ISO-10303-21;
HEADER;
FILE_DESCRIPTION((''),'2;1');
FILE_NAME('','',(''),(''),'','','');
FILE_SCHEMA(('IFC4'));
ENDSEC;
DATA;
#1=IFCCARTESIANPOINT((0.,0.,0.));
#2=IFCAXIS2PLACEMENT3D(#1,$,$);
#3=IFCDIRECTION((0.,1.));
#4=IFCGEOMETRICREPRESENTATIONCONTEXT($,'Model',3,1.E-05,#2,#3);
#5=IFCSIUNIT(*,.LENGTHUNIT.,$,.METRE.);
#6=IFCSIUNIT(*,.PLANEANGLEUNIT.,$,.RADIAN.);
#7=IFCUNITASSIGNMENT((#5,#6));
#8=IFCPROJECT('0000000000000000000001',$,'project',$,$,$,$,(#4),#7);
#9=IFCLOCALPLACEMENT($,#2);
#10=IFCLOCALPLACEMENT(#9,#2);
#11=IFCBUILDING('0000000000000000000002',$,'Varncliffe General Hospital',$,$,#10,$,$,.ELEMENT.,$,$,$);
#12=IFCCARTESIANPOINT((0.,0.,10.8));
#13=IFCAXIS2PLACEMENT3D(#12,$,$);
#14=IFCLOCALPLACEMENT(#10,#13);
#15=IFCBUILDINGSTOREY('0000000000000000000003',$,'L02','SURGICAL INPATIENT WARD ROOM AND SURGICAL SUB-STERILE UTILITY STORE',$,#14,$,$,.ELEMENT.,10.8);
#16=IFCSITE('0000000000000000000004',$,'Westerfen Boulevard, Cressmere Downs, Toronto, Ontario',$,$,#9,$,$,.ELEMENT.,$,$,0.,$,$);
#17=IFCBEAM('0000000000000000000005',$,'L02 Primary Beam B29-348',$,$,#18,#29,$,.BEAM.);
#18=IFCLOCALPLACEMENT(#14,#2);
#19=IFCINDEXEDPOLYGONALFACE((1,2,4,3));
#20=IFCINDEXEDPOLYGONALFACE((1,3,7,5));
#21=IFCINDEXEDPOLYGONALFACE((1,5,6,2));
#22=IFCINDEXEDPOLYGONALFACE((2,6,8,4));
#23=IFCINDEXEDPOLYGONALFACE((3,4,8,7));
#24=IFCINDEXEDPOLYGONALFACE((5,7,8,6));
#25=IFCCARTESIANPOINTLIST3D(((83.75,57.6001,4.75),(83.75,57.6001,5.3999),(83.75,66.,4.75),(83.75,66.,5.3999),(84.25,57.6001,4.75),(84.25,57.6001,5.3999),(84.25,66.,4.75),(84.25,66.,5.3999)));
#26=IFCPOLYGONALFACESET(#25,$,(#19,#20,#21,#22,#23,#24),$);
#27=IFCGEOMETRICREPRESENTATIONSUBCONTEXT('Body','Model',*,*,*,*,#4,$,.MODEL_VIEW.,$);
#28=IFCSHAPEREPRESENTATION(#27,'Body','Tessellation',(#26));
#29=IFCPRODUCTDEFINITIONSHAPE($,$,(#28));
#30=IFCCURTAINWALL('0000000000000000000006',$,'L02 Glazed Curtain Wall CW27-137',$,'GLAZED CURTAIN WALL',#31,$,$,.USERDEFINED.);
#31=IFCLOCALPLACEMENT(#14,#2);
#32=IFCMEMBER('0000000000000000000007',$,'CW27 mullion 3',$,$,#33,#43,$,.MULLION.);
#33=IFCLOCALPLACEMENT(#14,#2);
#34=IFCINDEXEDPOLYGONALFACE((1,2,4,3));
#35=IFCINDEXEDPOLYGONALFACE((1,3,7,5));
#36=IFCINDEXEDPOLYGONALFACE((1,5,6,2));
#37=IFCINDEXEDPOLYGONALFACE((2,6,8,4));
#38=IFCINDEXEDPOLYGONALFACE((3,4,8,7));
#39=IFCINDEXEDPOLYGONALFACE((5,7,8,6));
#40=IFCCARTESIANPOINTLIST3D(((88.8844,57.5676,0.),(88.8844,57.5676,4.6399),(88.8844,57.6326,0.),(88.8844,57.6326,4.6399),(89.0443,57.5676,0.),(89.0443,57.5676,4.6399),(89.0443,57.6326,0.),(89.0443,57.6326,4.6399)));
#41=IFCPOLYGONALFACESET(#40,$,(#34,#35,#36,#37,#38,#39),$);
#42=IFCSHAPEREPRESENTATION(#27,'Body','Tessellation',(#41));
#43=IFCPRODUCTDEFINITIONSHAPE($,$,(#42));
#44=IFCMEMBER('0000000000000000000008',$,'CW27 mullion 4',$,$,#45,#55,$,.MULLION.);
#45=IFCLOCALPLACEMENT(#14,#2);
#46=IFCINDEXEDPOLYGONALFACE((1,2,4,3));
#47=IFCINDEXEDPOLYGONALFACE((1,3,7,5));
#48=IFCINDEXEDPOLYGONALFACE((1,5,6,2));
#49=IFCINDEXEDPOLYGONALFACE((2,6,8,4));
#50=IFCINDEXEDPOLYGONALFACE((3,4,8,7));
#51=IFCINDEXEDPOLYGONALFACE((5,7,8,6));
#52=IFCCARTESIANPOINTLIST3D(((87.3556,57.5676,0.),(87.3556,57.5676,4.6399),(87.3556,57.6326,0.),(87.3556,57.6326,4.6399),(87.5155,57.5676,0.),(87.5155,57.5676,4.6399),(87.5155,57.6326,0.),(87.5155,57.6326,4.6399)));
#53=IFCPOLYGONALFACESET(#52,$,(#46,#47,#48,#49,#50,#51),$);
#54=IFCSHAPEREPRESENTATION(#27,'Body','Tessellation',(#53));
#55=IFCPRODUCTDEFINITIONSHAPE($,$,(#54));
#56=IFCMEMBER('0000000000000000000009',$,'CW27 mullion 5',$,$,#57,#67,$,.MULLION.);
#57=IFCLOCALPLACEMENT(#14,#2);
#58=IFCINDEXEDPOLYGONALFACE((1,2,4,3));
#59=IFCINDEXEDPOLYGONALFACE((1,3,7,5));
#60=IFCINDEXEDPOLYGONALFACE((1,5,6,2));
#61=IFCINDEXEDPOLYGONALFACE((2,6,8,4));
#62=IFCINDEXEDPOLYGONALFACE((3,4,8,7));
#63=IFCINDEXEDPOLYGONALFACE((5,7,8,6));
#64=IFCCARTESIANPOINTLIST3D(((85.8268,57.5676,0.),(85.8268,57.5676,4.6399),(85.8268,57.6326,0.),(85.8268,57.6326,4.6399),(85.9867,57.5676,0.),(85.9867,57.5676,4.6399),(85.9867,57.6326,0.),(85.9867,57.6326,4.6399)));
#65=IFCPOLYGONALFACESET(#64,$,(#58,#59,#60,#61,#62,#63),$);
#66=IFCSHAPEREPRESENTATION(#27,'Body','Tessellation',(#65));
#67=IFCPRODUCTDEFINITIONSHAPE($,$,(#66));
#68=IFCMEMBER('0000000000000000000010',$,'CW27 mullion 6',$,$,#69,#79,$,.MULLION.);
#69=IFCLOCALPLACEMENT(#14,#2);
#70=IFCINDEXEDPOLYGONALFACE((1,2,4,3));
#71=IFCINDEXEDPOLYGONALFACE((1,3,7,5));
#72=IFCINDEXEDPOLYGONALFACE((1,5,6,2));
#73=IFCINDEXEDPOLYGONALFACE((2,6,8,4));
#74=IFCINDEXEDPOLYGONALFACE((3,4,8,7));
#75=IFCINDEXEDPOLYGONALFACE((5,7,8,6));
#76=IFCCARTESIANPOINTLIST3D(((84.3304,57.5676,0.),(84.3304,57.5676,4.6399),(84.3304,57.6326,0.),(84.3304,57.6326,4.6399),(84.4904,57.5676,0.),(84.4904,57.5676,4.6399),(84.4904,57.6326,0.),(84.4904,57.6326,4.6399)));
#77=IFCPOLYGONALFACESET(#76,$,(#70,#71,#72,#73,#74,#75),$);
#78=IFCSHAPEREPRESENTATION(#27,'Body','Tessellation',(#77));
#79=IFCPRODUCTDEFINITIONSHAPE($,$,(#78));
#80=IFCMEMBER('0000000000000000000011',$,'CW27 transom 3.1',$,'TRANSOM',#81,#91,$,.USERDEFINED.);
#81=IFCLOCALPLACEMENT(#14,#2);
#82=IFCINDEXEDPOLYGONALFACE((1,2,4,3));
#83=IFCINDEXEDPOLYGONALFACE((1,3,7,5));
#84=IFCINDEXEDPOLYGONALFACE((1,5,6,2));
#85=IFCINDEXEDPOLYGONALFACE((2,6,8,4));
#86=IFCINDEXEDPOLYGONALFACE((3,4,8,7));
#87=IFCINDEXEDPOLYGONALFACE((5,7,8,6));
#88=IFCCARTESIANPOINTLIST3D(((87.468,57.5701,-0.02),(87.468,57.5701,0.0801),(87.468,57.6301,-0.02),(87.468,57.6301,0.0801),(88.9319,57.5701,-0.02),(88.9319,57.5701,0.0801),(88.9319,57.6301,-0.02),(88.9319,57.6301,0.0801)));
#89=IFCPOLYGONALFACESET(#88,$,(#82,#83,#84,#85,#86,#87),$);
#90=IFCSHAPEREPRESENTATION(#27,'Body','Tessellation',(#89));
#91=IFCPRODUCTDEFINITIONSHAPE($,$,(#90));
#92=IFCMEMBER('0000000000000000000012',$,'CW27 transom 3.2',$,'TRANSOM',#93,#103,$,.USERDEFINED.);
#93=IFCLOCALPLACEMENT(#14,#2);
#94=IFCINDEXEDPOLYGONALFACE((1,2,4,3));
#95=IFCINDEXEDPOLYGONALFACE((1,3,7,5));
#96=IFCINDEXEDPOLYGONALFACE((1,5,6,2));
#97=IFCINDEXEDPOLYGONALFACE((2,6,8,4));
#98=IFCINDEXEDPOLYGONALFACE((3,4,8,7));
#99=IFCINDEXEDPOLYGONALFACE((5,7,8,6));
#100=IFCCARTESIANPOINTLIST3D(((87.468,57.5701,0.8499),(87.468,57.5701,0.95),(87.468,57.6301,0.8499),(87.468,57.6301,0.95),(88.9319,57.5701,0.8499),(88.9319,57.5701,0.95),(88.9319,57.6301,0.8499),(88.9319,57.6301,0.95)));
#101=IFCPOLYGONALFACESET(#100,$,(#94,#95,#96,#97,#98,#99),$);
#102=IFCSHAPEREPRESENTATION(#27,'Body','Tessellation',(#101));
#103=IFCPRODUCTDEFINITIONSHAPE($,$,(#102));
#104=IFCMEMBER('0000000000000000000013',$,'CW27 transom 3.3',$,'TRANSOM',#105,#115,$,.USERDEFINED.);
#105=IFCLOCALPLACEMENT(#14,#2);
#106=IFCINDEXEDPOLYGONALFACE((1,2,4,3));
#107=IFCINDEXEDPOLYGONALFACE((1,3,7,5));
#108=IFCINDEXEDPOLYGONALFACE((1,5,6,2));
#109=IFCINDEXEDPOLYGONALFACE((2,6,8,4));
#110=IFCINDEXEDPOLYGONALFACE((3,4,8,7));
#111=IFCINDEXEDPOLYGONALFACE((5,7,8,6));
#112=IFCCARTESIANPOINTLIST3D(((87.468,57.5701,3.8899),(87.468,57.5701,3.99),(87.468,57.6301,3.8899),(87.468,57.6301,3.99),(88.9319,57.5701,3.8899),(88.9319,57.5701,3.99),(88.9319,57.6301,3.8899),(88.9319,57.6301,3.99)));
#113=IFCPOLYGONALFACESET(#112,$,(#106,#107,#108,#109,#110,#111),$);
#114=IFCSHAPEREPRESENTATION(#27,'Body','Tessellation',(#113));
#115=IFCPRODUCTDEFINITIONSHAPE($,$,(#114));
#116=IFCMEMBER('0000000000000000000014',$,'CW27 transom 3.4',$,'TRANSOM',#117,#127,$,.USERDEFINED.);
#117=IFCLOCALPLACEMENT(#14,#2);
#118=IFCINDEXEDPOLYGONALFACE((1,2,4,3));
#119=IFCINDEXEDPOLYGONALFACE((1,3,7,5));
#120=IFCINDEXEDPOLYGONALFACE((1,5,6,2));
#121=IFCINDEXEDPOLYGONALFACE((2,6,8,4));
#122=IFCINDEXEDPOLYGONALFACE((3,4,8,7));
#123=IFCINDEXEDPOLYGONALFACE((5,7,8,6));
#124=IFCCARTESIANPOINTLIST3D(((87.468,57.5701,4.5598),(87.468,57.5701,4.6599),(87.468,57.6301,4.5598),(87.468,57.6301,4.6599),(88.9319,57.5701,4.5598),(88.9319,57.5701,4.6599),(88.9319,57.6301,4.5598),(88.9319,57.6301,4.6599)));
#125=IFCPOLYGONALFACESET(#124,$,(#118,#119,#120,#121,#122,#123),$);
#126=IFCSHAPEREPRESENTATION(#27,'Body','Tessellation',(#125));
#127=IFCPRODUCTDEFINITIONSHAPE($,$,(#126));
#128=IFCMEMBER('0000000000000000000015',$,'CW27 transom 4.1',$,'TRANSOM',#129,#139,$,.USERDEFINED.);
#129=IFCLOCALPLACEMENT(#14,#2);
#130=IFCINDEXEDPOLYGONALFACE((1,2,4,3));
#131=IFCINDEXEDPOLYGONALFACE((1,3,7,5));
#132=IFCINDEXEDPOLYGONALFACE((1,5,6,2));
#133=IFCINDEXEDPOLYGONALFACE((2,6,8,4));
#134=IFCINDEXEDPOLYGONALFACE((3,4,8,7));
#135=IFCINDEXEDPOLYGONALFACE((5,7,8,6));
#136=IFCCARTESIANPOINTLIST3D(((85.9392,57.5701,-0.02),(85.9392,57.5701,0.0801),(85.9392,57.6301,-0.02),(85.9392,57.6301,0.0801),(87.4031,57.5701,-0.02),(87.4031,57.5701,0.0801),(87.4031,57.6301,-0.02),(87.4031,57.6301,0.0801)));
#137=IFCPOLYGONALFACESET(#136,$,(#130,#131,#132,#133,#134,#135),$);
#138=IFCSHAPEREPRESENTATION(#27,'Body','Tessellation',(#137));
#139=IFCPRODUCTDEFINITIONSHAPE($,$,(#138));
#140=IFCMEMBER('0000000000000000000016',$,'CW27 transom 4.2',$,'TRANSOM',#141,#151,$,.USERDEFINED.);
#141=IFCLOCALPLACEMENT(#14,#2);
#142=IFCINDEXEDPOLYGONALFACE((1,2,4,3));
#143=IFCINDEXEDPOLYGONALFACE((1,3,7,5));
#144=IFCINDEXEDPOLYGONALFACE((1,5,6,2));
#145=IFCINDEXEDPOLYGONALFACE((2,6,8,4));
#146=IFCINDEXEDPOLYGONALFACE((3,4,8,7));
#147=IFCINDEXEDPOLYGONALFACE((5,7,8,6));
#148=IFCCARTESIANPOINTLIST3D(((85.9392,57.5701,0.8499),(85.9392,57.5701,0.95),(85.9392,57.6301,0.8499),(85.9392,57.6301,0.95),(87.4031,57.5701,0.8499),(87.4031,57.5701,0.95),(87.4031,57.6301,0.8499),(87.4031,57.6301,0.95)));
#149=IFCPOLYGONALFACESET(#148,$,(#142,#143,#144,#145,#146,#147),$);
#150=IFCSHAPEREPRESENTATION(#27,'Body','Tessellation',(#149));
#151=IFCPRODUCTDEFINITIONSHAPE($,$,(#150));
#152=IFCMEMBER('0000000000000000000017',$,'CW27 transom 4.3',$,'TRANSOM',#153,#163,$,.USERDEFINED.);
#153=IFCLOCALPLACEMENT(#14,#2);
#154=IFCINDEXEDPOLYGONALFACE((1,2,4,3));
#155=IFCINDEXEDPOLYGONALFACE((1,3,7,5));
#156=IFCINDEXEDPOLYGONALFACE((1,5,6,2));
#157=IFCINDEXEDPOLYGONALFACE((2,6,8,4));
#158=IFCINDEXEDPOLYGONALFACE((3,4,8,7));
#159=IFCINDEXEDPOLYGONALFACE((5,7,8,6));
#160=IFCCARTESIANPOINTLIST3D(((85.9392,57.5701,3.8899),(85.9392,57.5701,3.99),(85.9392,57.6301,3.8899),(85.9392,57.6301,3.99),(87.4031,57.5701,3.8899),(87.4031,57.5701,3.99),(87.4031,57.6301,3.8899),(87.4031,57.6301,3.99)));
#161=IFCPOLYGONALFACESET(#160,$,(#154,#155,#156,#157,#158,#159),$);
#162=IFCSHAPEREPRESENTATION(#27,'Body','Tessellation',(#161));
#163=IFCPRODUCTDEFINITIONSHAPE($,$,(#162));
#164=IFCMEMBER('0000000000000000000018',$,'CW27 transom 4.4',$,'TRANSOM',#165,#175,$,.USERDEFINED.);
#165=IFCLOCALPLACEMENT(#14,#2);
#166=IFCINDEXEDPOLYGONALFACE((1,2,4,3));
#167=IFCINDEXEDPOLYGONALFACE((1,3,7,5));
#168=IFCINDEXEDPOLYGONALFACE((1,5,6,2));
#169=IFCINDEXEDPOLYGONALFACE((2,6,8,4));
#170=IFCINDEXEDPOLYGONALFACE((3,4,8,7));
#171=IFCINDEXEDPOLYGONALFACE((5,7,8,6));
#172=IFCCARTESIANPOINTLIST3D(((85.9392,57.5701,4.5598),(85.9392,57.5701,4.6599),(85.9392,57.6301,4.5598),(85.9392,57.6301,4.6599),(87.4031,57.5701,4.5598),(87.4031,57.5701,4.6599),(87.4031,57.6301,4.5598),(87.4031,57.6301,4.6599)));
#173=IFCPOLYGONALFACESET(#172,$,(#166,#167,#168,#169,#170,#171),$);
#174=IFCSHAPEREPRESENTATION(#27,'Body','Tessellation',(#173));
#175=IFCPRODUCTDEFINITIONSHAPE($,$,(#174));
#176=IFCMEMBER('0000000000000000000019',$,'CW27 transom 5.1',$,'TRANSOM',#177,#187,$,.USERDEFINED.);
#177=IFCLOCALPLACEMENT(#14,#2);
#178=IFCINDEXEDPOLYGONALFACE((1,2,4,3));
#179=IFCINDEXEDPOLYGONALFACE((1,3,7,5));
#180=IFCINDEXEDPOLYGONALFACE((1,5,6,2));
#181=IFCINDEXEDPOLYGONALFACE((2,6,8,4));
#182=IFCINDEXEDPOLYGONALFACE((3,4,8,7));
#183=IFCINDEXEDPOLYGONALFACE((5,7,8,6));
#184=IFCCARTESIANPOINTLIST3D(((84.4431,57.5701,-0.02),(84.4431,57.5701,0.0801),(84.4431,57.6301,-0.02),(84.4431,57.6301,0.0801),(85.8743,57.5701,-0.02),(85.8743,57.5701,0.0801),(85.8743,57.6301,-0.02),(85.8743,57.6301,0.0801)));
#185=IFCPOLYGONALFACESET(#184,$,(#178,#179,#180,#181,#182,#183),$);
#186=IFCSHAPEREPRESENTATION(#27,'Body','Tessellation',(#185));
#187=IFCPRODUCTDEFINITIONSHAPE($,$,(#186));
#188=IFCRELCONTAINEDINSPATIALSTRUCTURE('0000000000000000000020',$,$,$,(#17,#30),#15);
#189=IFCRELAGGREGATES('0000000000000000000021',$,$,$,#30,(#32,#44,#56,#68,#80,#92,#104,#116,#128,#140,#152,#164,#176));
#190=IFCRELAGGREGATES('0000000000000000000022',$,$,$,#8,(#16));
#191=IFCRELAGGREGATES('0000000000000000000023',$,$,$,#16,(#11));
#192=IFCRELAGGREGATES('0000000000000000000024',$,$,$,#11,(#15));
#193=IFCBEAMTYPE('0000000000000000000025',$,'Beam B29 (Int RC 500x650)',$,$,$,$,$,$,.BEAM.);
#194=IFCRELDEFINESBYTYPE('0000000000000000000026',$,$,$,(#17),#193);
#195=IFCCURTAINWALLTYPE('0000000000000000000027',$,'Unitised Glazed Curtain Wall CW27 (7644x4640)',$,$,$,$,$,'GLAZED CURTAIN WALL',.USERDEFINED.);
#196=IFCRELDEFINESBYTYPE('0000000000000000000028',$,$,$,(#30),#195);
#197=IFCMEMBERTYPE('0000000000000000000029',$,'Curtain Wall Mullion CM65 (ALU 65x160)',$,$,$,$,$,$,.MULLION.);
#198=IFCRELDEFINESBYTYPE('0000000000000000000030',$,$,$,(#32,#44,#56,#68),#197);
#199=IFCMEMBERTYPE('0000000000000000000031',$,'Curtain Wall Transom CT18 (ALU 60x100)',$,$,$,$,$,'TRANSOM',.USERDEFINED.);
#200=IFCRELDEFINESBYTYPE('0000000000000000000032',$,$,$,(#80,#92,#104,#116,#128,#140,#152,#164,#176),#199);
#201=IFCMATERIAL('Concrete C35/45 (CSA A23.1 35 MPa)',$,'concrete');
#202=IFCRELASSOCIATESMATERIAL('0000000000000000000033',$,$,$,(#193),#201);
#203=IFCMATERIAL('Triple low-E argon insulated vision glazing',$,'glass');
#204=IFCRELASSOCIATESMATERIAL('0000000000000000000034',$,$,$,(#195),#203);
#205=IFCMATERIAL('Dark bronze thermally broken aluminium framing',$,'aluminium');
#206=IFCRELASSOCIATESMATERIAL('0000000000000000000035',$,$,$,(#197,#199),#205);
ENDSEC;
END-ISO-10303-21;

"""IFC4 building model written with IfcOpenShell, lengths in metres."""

from ifc_helpers import new_model, si_unit, direction, frame, origin, origin_2d, place, context, subcontext, project, spatial, rectangle, extrude, material, material_profile, profile_set, type_object, element, aggregate, save


model = new_model("IFC4")

# Units and contexts
model_context = context("Model", 3, precision=1e-05, world=origin(), true_north=direction((0.0, 1.0)))
body_context = subcontext(model_context, "Body", "Model", "MODEL_VIEW")
ifc_project = project(units=[si_unit("LENGTHUNIT", "METRE"), si_unit("PLANEANGLEUNIT", "RADIAN")], contexts=[model_context])

# Site, building, storey
site_placement = place(None, origin())
site = spatial("IfcSite", under=ifc_project, at=site_placement, Name="Westerfen Boulevard, Cressmere Downs, Toronto, Ontario", CompositionType="ELEMENT", RefElevation=0.0)
building_placement = place(site_placement, origin())
building = spatial("IfcBuilding", under=site, at=building_placement, Name="Varncliffe General Hospital", CompositionType="ELEMENT")
storey_placement = place(building_placement, frame((0.0, 0.0, 10.8)))
storey = spatial("IfcBuildingStorey", under=building, at=storey_placement, Name="L02", Description="SURGICAL INPATIENT WARD ROOM AND SURGICAL SUB-STERILE UTILITY STORE", CompositionType="ELEMENT", Elevation=10.8)

# Beam
ifc_material_1 = material(Name="Concrete C35/45 (CSA A23.1 35 MPa)", Category="concrete")
ifc_material_profile_1 = material_profile(ifc_material_1, rectangle(XDim=0.5, YDim=0.6499, at=origin_2d()), Name="RC 500x650")
ifc_profile_set_1 = profile_set([ifc_material_profile_1], Name="Concrete C35/45 (CSA A23.1 35 MPa)")
beam_type = type_object("IfcBeamType", Name="Beam B29 (Int RC 500x650)", PredefinedType="BEAM", material=ifc_profile_set_1)
beam_placement = place(storey_placement, frame((84.0, 57.6001, 5.075), z_axis=(0.0, 1.0, 0.0), x_axis=(-1.0, 0.0, 0.0)))
element("IfcBeam", 1, at=beam_placement, inside=storey, type_object=beam_type, Name="L02 Primary Beam B29-348", PredefinedType="BEAM", context=body_context, shape_type="SweptSolid", body=[
    extrude(rectangle(XDim=0.5, YDim=0.6499, at=origin_2d()), origin(), (0.0, 0.0, 1.0), 8.3999),
])

# Curtain wall, members
ifc_material_2 = material(Name="Triple low-E argon insulated vision glazing", Category="glass")
curtain_wall_type = type_object("IfcCurtainWallType", Name="Unitised Glazed Curtain Wall CW27 (7644x4640)", ElementType="GLAZED CURTAIN WALL", PredefinedType="USERDEFINED", material=ifc_material_2)
curtain_wall_placement = place(storey_placement, origin())
curtain_wall = element("IfcCurtainWall", 2, at=curtain_wall_placement, inside=storey, type_object=curtain_wall_type, Name="L02 Glazed Curtain Wall CW27-137", ObjectType="GLAZED CURTAIN WALL", PredefinedType="USERDEFINED")
ifc_material_3 = material(Name="Dark bronze thermally broken aluminium framing", Category="aluminium")
ifc_material_profile_2 = material_profile(ifc_material_3, rectangle(XDim=0.0649, YDim=0.1599, at=origin_2d()), Name="ALU 65x160")
ifc_profile_set_2 = profile_set([ifc_material_profile_2], Name="Dark bronze thermally broken aluminium framing")
member_type_1 = type_object("IfcMemberType", Name="Curtain Wall Mullion CM65 (ALU 65x160)", PredefinedType="MULLION", material=ifc_profile_set_2)
member_1_placement = place(storey_placement, frame((88.9644, 57.6001, 0.0), z_axis=(0.0, 0.0, 1.0), x_axis=(0.0, -1.0, 0.0)))
member_1 = element("IfcMember", 3, at=member_1_placement, type_object=member_type_1, Name="CW27 mullion 3", PredefinedType="MULLION", context=body_context, shape_type="SweptSolid", body=[
    extrude(rectangle(XDim=0.0649, YDim=0.1599, at=origin_2d()), origin(), (0.0, 0.0, 1.0), 4.6399),
])
member_2_placement = place(storey_placement, frame((87.4355, 57.6001, 0.0), z_axis=(0.0, 0.0, 1.0), x_axis=(0.0, -1.0, 0.0)))
member_2 = element("IfcMember", 4, at=member_2_placement, type_object=member_type_1, Name="CW27 mullion 4", PredefinedType="MULLION", context=body_context, shape_type="SweptSolid", body=[
    extrude(rectangle(XDim=0.0649, YDim=0.1599, at=origin_2d()), origin(), (0.0, 0.0, 1.0), 4.6399),
])
member_3_placement = place(storey_placement, frame((85.9067, 57.6001, 0.0), z_axis=(0.0, 0.0, 1.0), x_axis=(0.0, -1.0, 0.0)))
member_3 = element("IfcMember", 5, at=member_3_placement, type_object=member_type_1, Name="CW27 mullion 5", PredefinedType="MULLION", context=body_context, shape_type="SweptSolid", body=[
    extrude(rectangle(XDim=0.0649, YDim=0.1599, at=origin_2d()), origin(), (0.0, 0.0, 1.0), 4.6399),
])
member_4_placement = place(storey_placement, frame((84.4104, 57.6001, 0.0), z_axis=(0.0, 0.0, 1.0), x_axis=(0.0, -1.0, 0.0)))
member_4 = element("IfcMember", 6, at=member_4_placement, type_object=member_type_1, Name="CW27 mullion 6", PredefinedType="MULLION", context=body_context, shape_type="SweptSolid", body=[
    extrude(rectangle(XDim=0.0649, YDim=0.1599, at=origin_2d()), origin(), (0.0, 0.0, 1.0), 4.6399),
])
ifc_material_profile_3 = material_profile(ifc_material_3, rectangle(XDim=0.0601, YDim=0.1001, at=origin_2d()), Name="ALU 60x100")
ifc_profile_set_3 = profile_set([ifc_material_profile_3], Name="Dark bronze thermally broken aluminium framing")
member_type_2 = type_object("IfcMemberType", Name="Curtain Wall Transom CT18 (ALU 60x100)", ElementType="TRANSOM", PredefinedType="USERDEFINED", material=ifc_profile_set_3)
member_5_placement = place(storey_placement, frame((88.9319, 57.6001, 0.03), z_axis=(-1.0, 0.0, 0.0), x_axis=(0.0, -1.0, 0.0)))
member_5 = element("IfcMember", 7, at=member_5_placement, type_object=member_type_2, Name="CW27 transom 3.1", ObjectType="TRANSOM", PredefinedType="USERDEFINED", context=body_context, shape_type="SweptSolid", body=[
    extrude(rectangle(XDim=0.0601, YDim=0.1001, at=origin_2d()), origin(), (0.0, 0.0, 1.0), 1.4639),
])
member_6_placement = place(storey_placement, frame((88.9319, 57.6001, 0.8999), z_axis=(-1.0, 0.0, 0.0), x_axis=(0.0, -1.0, 0.0)))
member_6 = element("IfcMember", 8, at=member_6_placement, type_object=member_type_2, Name="CW27 transom 3.2", ObjectType="TRANSOM", PredefinedType="USERDEFINED", context=body_context, shape_type="SweptSolid", body=[
    extrude(rectangle(XDim=0.0601, YDim=0.1001, at=origin_2d()), origin(), (0.0, 0.0, 1.0), 1.4639),
])
member_7_placement = place(storey_placement, frame((88.9319, 57.6001, 3.9399), z_axis=(-1.0, 0.0, 0.0), x_axis=(0.0, -1.0, 0.0)))
member_7 = element("IfcMember", 9, at=member_7_placement, type_object=member_type_2, Name="CW27 transom 3.3", ObjectType="TRANSOM", PredefinedType="USERDEFINED", context=body_context, shape_type="SweptSolid", body=[
    extrude(rectangle(XDim=0.0601, YDim=0.1001, at=origin_2d()), origin(), (0.0, 0.0, 1.0), 1.4639),
])
member_8_placement = place(storey_placement, frame((88.9319, 57.6001, 4.6099), z_axis=(-1.0, 0.0, 0.0), x_axis=(0.0, -1.0, 0.0)))
member_8 = element("IfcMember", 10, at=member_8_placement, type_object=member_type_2, Name="CW27 transom 3.4", ObjectType="TRANSOM", PredefinedType="USERDEFINED", context=body_context, shape_type="SweptSolid", body=[
    extrude(rectangle(XDim=0.0601, YDim=0.1001, at=origin_2d()), origin(), (0.0, 0.0, 1.0), 1.4639),
])
member_9_placement = place(storey_placement, frame((87.4031, 57.6001, 0.03), z_axis=(-1.0, 0.0, 0.0), x_axis=(0.0, -1.0, 0.0)))
member_9 = element("IfcMember", 11, at=member_9_placement, type_object=member_type_2, Name="CW27 transom 4.1", ObjectType="TRANSOM", PredefinedType="USERDEFINED", context=body_context, shape_type="SweptSolid", body=[
    extrude(rectangle(XDim=0.0601, YDim=0.1001, at=origin_2d()), origin(), (0.0, 0.0, 1.0), 1.4639),
])
member_10_placement = place(storey_placement, frame((87.4031, 57.6001, 0.8999), z_axis=(-1.0, 0.0, 0.0), x_axis=(0.0, -1.0, 0.0)))
member_10 = element("IfcMember", 12, at=member_10_placement, type_object=member_type_2, Name="CW27 transom 4.2", ObjectType="TRANSOM", PredefinedType="USERDEFINED", context=body_context, shape_type="SweptSolid", body=[
    extrude(rectangle(XDim=0.0601, YDim=0.1001, at=origin_2d()), origin(), (0.0, 0.0, 1.0), 1.4639),
])
member_11_placement = place(storey_placement, frame((87.4031, 57.6001, 3.9399), z_axis=(-1.0, 0.0, 0.0), x_axis=(0.0, -1.0, 0.0)))
member_11 = element("IfcMember", 13, at=member_11_placement, type_object=member_type_2, Name="CW27 transom 4.3", ObjectType="TRANSOM", PredefinedType="USERDEFINED", context=body_context, shape_type="SweptSolid", body=[
    extrude(rectangle(XDim=0.0601, YDim=0.1001, at=origin_2d()), origin(), (0.0, 0.0, 1.0), 1.4639),
])
member_12_placement = place(storey_placement, frame((87.4031, 57.6001, 4.6099), z_axis=(-1.0, 0.0, 0.0), x_axis=(0.0, -1.0, 0.0)))
member_12 = element("IfcMember", 14, at=member_12_placement, type_object=member_type_2, Name="CW27 transom 4.4", ObjectType="TRANSOM", PredefinedType="USERDEFINED", context=body_context, shape_type="SweptSolid", body=[
    extrude(rectangle(XDim=0.0601, YDim=0.1001, at=origin_2d()), origin(), (0.0, 0.0, 1.0), 1.4639),
])
member_13_placement = place(storey_placement, frame((85.8743, 57.6001, 0.03), z_axis=(-1.0, 0.0, 0.0), x_axis=(0.0, -1.0, 0.0)))
member_13 = element("IfcMember", 15, at=member_13_placement, type_object=member_type_2, Name="CW27 transom 5.1", ObjectType="TRANSOM", PredefinedType="USERDEFINED", context=body_context, shape_type="SweptSolid", body=[
    extrude(rectangle(XDim=0.0601, YDim=0.1001, at=origin_2d()), origin(), (0.0, 0.0, 1.0), 1.4312),
])
aggregate(curtain_wall, [member_1, member_2, member_3, member_4, member_5, member_6, member_7, member_8, member_9, member_10, member_11, member_12, member_13])

save(model, "model.ifc")
